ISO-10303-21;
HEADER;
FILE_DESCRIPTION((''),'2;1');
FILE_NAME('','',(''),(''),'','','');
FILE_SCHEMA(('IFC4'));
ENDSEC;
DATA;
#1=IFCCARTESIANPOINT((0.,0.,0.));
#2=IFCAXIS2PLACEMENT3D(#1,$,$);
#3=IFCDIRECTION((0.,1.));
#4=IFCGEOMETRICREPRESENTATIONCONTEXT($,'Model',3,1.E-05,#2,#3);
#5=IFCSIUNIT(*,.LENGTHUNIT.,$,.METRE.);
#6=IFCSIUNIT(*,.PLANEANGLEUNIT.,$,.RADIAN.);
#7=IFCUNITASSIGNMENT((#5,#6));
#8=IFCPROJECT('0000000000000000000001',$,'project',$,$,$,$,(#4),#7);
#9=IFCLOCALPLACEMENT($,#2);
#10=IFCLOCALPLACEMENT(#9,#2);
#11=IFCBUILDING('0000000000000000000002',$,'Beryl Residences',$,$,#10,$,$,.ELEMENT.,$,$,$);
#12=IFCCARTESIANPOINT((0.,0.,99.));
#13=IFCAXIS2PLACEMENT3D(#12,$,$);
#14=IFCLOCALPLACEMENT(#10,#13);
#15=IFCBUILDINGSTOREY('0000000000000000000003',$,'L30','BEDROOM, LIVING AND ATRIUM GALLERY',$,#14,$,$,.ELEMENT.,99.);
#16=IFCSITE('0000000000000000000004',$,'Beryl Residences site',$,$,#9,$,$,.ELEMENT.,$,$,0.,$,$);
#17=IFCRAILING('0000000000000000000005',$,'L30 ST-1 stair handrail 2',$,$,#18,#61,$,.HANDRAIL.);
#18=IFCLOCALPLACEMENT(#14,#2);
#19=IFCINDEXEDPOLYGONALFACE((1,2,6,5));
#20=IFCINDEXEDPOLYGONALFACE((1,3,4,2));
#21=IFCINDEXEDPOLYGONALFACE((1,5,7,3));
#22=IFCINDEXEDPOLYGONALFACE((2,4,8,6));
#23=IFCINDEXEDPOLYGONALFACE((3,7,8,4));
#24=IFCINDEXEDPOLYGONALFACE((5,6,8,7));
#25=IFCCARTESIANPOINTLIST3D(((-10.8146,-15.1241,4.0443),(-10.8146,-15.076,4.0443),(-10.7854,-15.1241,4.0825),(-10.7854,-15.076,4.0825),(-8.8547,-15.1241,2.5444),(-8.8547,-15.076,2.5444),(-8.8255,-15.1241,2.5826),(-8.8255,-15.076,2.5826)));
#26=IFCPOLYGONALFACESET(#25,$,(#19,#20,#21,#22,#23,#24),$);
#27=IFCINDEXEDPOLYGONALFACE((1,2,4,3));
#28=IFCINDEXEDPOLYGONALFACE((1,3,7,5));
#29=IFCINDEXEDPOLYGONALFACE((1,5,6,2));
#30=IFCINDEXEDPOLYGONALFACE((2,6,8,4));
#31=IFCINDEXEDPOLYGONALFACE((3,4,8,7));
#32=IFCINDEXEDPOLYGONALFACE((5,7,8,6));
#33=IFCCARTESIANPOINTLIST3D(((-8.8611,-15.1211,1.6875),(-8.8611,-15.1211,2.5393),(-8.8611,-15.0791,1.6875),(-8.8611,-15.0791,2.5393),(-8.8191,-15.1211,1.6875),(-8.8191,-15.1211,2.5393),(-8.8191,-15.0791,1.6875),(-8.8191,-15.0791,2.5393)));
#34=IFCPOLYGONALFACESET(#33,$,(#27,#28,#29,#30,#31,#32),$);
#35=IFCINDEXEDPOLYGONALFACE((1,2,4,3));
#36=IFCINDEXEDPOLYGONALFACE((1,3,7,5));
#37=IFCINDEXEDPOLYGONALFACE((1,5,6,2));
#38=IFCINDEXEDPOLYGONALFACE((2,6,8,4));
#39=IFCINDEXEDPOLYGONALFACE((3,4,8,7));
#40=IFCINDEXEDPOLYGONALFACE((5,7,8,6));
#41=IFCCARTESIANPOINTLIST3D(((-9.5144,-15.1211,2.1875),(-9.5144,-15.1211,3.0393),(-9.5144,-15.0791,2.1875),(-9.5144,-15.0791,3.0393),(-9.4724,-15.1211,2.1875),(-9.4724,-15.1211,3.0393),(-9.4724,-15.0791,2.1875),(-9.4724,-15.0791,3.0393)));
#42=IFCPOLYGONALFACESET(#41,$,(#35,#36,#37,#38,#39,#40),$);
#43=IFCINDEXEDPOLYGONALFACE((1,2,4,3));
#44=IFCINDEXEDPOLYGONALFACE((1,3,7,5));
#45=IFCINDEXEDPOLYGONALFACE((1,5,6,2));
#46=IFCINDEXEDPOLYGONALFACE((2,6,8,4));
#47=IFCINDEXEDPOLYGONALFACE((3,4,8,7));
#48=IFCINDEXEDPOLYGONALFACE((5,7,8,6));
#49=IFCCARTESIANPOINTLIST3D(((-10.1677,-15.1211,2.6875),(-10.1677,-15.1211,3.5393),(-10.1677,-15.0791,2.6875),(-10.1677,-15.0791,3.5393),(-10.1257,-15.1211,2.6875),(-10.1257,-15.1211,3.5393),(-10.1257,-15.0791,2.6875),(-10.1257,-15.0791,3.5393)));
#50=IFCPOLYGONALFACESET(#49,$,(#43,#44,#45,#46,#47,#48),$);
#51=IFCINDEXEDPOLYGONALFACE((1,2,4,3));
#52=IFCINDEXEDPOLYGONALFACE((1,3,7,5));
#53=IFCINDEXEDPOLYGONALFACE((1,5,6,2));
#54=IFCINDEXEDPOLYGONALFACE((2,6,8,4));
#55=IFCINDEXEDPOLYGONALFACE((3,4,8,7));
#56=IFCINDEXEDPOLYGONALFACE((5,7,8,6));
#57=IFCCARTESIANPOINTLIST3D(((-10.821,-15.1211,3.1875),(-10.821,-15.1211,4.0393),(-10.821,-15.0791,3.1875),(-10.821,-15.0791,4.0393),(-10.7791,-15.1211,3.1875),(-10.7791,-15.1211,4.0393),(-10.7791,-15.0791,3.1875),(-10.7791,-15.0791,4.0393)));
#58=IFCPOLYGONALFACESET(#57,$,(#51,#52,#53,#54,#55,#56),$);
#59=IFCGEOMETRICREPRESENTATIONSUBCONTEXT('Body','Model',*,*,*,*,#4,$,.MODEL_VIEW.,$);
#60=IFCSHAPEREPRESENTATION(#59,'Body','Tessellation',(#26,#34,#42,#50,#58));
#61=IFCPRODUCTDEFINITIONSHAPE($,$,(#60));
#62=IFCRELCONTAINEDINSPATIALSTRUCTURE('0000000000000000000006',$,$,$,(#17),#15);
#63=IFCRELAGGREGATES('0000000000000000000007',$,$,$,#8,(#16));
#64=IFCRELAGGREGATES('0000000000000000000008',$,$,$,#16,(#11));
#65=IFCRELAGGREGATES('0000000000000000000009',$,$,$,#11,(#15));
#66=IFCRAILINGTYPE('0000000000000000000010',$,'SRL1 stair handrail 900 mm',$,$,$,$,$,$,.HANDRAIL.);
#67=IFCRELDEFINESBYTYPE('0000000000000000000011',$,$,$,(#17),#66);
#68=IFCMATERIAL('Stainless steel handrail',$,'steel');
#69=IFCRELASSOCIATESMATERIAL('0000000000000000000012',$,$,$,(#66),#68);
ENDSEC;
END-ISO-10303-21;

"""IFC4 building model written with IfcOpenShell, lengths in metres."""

from ifc_helpers import new_model, si_unit, direction, frame, origin, origin_2d, place, context, subcontext, project, spatial, rectangle, extrude, material, type_object, element, save


model = new_model("IFC4")

# Units and contexts
model_context = context("Model", 3, precision=1e-05, world=origin(), true_north=direction((0.0, 1.0)))
body_context = subcontext(model_context, "Body", "Model", "MODEL_VIEW")
ifc_project = project(units=[si_unit("LENGTHUNIT", "METRE"), si_unit("PLANEANGLEUNIT", "RADIAN")], contexts=[model_context])

# Site, building, storey
site_placement = place(None, origin())
site = spatial("IfcSite", under=ifc_project, at=site_placement, Name="Beryl Residences site", CompositionType="ELEMENT", RefElevation=0.0)
building_placement = place(site_placement, origin())
building = spatial("IfcBuilding", under=site, at=building_placement, Name="Beryl Residences", CompositionType="ELEMENT")
storey_placement = place(building_placement, frame((0.0, 0.0, 99.0)))
storey = spatial("IfcBuildingStorey", under=building, at=storey_placement, Name="L30", Description="BEDROOM, LIVING AND ATRIUM GALLERY", CompositionType="ELEMENT", Elevation=99.0)

# Railing
ifc_material_1 = material(Name="Stainless steel handrail", Category="steel")
railing_type_1 = type_object("IfcRailingType", Name="SRL1 stair handrail 900 mm", PredefinedType="HANDRAIL", material=ifc_material_1)
railing_1_placement = place(storey_placement, frame((-8.8401, -15.1001, 1.6875)))
element("IfcRailing", 1, at=railing_1_placement, inside=storey, type_object=railing_type_1, Name="L30 ST-1 stair handrail 2", PredefinedType="HANDRAIL", context=body_context, shape_type="SweptSolid", body=[
    extrude(rectangle(XDim=0.0481, YDim=0.0481, at=origin_2d()), frame((0.0, 0.0, 0.876), z_axis=(-0.794122, 0.0, 0.607758), x_axis=(0.0, -1.0, 0.0)), (0.0, 0.0, 1.0), 2.468),
    extrude(rectangle(XDim=0.042, YDim=0.042, at=origin_2d()), origin(), (0.0, 0.0, 1.0), 0.8518),
    extrude(rectangle(XDim=0.042, YDim=0.042, at=origin_2d()), frame((-0.6533, 0.0, 0.5)), (0.0, 0.0, 1.0), 0.8518),
    extrude(rectangle(XDim=0.042, YDim=0.042, at=origin_2d()), frame((-1.3066, 0.0, 1.0)), (0.0, 0.0, 1.0), 0.8518),
    extrude(rectangle(XDim=0.042, YDim=0.042, at=origin_2d()), frame((-1.96, 0.0, 1.5)), (0.0, 0.0, 1.0), 0.8518),
])

save(model, "model.ifc")
